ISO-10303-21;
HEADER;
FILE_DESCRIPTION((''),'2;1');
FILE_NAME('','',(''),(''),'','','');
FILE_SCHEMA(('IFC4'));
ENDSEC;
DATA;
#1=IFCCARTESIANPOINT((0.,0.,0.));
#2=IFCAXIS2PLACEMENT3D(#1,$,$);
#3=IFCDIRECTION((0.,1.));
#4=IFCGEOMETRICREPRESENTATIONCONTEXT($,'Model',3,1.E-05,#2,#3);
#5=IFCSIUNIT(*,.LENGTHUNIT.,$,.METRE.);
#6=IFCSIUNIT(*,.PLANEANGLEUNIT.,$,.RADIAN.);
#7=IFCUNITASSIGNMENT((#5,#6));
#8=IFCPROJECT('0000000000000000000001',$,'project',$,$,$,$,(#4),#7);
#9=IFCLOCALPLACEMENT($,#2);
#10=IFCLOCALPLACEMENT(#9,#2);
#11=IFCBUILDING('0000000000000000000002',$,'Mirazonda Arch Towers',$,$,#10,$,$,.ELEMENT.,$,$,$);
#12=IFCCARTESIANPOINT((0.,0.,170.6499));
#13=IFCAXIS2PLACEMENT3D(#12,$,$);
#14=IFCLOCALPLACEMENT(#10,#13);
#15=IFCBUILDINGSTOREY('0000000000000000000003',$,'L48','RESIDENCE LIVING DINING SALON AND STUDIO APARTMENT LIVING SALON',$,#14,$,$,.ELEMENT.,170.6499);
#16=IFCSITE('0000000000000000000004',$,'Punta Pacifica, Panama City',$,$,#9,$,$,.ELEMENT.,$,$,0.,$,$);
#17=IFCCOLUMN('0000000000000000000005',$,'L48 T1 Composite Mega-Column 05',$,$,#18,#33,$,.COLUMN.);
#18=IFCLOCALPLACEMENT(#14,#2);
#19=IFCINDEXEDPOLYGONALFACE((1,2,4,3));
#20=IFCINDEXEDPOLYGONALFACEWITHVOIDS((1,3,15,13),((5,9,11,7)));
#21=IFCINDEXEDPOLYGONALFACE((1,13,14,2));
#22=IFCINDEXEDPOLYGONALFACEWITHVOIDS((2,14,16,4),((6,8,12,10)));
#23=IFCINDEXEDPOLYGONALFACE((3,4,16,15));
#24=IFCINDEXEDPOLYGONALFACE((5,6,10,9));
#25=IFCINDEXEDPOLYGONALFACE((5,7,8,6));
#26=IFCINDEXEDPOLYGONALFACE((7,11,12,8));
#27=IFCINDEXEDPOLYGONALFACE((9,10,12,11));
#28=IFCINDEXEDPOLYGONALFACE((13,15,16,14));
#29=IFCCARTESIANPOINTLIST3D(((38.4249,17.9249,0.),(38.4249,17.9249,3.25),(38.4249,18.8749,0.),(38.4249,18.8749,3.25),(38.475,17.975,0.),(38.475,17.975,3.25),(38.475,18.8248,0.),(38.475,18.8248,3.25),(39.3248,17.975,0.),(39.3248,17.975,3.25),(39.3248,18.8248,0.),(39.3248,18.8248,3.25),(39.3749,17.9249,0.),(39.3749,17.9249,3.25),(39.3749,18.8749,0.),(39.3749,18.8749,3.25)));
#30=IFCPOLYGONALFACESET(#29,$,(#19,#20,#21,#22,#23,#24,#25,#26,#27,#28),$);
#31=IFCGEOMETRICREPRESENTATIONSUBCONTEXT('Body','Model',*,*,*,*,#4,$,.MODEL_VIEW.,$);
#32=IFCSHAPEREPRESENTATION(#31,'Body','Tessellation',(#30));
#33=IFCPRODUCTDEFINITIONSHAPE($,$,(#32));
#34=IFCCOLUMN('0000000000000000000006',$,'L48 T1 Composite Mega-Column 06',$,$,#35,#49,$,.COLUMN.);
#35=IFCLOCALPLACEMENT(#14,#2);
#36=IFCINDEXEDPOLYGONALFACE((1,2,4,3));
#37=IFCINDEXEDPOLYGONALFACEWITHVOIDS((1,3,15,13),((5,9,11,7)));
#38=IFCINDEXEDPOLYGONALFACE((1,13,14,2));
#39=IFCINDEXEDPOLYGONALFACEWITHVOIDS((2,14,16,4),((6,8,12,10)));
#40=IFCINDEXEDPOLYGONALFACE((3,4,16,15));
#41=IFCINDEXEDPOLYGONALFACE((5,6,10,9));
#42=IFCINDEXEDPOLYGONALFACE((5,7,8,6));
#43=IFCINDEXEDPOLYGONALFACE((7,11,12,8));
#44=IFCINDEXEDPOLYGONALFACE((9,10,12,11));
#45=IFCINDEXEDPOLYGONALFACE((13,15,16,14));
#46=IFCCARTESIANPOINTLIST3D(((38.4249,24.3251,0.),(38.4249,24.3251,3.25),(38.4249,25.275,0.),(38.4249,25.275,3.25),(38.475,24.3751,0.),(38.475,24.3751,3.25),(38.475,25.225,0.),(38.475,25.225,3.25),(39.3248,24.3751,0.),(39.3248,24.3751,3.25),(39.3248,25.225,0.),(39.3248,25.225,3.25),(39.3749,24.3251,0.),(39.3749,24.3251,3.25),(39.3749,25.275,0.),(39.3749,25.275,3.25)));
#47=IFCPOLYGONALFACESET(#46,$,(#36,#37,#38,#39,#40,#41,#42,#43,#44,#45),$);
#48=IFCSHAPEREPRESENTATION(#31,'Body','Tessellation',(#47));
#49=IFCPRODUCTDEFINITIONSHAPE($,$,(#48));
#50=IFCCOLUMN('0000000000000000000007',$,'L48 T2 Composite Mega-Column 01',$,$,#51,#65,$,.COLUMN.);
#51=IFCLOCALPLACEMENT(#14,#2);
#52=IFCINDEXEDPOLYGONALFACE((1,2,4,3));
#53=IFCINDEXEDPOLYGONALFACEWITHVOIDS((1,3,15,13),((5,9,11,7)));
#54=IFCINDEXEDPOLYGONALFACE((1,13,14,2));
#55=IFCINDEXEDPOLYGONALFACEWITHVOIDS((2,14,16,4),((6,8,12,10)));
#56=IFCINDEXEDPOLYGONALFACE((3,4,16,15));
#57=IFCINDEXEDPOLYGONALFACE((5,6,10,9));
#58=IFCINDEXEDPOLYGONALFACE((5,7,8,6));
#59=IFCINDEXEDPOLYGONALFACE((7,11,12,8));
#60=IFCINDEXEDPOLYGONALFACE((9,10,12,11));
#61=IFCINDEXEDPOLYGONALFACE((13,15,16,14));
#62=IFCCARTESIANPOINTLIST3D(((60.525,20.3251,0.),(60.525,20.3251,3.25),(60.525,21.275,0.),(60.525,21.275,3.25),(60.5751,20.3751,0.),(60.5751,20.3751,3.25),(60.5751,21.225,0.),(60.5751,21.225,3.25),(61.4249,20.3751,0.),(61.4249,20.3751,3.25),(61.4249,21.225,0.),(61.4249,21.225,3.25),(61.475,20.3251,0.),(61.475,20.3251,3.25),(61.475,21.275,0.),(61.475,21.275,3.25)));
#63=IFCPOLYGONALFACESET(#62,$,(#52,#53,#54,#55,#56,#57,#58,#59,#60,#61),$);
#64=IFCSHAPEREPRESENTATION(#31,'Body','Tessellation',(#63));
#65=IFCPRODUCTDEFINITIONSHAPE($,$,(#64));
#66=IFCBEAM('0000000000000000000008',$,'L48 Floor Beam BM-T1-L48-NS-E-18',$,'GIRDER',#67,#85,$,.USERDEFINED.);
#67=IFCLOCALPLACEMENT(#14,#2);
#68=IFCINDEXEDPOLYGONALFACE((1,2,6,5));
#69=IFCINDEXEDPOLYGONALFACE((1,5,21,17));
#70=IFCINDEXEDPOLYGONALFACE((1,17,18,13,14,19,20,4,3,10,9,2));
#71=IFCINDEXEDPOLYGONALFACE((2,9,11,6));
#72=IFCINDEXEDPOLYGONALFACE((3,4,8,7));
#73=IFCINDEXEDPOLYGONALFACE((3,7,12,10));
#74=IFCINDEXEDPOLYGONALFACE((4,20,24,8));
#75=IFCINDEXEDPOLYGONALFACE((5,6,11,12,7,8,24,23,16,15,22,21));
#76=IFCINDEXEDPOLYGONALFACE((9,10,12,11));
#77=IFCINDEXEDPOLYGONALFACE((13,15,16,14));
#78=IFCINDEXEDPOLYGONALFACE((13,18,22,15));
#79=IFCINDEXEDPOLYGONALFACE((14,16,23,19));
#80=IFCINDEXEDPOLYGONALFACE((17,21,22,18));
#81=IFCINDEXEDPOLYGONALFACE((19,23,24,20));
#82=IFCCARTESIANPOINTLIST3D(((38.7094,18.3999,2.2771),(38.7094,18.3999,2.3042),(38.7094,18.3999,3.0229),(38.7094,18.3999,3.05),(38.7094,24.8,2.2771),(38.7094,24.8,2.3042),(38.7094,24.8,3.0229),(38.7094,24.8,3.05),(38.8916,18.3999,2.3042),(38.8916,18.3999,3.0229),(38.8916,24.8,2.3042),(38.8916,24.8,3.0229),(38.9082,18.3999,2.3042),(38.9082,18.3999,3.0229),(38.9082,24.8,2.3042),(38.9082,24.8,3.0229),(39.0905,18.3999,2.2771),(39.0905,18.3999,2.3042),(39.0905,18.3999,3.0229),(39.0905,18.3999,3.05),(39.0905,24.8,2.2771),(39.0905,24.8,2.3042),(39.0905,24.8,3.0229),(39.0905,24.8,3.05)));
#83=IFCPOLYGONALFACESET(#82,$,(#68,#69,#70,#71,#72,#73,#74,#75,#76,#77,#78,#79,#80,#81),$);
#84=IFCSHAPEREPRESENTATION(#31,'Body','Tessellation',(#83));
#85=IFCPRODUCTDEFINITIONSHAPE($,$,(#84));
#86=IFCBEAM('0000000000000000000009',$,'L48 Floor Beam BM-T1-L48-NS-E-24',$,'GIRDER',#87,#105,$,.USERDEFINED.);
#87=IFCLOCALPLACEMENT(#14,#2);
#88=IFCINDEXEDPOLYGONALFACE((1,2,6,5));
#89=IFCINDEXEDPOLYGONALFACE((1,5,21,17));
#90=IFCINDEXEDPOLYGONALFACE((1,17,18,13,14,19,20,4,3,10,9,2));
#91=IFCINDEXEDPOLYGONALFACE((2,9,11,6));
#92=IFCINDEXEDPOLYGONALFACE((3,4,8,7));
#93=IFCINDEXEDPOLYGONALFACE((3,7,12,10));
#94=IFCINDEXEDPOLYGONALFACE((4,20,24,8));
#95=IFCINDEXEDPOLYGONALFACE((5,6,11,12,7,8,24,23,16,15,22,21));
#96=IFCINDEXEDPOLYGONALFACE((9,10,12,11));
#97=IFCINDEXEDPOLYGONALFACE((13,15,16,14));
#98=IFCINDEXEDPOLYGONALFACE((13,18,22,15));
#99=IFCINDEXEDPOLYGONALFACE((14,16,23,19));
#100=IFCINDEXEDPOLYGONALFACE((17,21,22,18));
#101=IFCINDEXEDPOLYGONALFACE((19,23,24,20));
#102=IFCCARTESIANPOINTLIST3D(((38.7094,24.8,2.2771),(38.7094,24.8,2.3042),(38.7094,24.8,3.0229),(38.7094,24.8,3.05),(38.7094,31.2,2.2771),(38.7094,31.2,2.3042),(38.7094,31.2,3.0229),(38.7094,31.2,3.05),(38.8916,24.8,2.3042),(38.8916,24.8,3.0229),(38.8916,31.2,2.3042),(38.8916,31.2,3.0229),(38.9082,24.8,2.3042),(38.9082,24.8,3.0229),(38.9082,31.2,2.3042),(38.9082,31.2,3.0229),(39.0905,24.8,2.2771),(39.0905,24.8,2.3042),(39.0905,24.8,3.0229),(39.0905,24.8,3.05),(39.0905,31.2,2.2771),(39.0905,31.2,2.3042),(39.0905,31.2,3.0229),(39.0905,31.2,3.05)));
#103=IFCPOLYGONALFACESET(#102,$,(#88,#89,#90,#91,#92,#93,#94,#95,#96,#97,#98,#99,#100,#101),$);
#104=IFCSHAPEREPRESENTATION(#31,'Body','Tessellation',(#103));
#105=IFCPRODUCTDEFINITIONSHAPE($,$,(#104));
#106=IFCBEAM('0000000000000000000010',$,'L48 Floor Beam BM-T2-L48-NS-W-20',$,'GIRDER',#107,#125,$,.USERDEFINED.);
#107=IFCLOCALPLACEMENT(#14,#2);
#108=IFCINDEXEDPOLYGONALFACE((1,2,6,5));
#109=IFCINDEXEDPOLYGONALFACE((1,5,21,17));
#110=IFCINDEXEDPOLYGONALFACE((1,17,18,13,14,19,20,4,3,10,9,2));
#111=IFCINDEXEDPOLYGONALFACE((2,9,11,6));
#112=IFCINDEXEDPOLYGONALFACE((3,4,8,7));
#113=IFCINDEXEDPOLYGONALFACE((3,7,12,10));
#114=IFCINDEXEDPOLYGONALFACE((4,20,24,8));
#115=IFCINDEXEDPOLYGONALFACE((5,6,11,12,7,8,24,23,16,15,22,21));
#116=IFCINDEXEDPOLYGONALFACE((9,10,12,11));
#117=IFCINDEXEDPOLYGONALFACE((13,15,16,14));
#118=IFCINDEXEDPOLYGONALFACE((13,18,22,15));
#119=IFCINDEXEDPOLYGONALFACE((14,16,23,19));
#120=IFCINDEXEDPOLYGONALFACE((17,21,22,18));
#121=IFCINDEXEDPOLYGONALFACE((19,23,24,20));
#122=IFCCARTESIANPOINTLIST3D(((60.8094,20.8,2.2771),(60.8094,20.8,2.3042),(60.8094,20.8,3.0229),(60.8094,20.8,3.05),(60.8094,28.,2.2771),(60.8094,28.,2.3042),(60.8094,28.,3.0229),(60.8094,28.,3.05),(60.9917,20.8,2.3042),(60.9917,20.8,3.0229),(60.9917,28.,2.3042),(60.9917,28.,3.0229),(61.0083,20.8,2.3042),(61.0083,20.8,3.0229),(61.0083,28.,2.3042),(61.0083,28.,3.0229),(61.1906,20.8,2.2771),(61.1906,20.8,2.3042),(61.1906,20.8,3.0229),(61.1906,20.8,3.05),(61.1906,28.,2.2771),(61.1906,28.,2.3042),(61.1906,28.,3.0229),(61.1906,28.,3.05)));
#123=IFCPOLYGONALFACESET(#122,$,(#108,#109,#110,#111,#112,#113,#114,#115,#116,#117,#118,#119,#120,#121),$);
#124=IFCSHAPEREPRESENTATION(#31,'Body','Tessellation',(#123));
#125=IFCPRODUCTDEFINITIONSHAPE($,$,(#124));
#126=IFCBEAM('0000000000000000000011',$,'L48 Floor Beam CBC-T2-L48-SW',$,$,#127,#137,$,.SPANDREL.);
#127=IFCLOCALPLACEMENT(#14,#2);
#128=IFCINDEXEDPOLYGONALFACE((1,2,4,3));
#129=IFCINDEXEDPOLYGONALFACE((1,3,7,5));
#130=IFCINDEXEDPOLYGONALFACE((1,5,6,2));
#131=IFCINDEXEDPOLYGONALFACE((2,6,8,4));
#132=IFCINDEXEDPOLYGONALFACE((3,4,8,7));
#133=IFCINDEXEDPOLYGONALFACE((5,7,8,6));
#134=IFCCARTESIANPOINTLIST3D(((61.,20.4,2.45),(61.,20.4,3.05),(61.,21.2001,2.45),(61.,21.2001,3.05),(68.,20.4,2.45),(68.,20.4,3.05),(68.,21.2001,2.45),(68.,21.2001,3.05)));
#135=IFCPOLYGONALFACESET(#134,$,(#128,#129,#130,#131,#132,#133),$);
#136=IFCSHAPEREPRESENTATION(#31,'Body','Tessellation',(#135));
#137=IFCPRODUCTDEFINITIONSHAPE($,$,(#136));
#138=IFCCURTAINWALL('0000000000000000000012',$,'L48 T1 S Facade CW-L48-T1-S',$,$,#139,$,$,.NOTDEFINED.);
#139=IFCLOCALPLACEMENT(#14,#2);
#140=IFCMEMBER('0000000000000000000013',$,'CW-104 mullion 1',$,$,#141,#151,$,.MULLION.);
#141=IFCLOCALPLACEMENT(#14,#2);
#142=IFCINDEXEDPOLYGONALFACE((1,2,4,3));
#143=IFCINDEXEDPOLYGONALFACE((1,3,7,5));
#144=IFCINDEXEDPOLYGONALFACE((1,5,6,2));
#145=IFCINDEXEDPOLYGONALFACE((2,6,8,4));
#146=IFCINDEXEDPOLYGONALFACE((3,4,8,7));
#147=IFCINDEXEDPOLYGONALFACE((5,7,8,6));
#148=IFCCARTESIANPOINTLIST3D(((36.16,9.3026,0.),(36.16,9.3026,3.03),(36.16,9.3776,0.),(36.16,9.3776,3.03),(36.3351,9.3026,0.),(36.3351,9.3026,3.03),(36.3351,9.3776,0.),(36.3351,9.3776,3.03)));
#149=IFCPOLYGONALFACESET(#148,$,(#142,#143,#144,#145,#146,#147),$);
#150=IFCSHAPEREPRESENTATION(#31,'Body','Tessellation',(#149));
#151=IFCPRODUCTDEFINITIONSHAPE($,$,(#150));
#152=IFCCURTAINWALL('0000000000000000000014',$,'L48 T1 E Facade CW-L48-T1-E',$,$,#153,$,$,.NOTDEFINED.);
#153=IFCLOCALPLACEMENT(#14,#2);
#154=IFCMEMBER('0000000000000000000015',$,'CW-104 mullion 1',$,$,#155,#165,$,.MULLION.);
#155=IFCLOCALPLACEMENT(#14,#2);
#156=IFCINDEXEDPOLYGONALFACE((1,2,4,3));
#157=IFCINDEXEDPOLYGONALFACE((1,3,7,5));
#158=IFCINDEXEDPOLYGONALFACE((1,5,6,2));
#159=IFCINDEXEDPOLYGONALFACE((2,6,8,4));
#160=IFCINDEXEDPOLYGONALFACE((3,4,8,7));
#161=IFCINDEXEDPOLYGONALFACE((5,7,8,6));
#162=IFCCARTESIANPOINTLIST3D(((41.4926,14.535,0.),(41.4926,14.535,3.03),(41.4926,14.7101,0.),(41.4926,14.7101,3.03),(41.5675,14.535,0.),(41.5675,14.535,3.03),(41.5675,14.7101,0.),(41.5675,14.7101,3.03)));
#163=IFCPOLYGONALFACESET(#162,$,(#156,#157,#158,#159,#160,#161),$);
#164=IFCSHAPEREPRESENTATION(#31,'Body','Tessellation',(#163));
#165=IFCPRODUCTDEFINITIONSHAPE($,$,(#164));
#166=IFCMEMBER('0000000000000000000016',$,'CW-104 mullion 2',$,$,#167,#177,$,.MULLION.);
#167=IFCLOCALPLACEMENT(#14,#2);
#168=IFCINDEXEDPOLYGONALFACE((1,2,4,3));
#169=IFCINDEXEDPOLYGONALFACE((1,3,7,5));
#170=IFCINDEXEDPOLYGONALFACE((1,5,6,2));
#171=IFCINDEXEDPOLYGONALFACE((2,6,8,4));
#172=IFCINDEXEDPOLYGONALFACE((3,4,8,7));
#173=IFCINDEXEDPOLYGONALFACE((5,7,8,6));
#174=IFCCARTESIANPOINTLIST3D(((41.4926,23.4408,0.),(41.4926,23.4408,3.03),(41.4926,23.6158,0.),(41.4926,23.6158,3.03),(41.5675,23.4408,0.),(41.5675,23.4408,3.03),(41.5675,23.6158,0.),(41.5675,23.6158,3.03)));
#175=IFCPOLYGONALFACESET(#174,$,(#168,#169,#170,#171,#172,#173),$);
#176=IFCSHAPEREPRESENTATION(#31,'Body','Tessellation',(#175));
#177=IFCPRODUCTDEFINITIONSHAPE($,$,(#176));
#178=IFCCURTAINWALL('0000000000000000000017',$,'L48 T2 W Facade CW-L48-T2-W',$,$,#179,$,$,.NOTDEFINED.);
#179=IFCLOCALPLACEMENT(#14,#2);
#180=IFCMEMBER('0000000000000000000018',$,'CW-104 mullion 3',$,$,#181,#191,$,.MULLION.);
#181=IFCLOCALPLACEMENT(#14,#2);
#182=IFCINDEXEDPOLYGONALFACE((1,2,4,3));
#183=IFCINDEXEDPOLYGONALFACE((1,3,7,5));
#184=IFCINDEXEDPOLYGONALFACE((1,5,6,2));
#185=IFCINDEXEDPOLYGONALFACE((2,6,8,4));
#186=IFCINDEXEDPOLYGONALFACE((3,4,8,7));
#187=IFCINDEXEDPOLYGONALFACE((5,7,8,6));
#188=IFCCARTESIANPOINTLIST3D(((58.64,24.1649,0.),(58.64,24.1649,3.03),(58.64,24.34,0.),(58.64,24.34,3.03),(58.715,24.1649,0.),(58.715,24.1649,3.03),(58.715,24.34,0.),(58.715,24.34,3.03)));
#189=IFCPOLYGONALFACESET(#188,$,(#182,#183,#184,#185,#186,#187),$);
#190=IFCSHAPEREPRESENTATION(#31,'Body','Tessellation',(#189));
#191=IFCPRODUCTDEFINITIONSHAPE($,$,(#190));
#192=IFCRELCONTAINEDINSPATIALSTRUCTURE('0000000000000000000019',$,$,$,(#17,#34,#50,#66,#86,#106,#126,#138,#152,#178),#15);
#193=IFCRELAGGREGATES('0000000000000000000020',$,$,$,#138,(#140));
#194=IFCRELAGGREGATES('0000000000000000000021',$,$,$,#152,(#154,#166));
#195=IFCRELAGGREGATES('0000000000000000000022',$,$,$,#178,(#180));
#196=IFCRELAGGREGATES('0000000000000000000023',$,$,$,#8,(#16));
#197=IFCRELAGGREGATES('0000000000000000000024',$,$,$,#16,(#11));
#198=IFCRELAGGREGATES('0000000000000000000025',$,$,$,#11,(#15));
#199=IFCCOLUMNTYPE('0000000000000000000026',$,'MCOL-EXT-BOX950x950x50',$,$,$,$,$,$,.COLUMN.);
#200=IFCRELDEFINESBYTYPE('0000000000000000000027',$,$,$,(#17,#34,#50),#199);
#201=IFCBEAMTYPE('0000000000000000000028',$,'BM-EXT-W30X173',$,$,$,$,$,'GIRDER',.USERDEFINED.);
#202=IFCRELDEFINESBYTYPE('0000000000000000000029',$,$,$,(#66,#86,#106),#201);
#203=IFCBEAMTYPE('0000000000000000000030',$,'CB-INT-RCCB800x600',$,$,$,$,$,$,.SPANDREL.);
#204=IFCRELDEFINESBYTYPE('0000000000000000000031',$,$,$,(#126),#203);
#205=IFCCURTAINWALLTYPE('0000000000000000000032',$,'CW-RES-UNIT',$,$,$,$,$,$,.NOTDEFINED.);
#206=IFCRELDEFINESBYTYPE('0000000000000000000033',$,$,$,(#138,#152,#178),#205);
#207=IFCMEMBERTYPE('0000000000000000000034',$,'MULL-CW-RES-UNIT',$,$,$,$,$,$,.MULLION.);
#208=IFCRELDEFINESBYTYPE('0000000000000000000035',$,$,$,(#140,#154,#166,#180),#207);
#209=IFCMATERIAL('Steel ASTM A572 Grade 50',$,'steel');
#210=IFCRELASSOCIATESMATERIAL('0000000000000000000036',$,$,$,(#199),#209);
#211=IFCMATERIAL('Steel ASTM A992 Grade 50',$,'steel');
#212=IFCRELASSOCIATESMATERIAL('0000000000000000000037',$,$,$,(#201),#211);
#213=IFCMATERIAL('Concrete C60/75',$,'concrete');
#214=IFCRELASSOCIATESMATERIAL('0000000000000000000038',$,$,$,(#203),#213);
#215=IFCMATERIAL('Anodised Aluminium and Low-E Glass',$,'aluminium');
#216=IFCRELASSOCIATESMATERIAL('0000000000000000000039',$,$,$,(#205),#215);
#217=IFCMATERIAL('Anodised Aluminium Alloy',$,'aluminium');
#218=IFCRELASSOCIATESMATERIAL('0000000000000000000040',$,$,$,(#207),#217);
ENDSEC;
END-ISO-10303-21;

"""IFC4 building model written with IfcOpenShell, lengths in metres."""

from ifc_helpers import new_model, si_unit, direction, frame, origin, origin_2d, place, context, subcontext, project, spatial, rectangle, hollow_rectangle, i_section, extrude, material, material_profile, profile_set, type_object, element, aggregate, save


model = new_model("IFC4")

# Units and contexts
model_context = context("Model", 3, precision=1e-05, world=origin(), true_north=direction((0.0, 1.0)))
body_context = subcontext(model_context, "Body", "Model", "MODEL_VIEW")
ifc_project = project(units=[si_unit("LENGTHUNIT", "METRE"), si_unit("PLANEANGLEUNIT", "RADIAN")], contexts=[model_context])

# Site, building, storey
site_placement = place(None, origin())
site = spatial("IfcSite", under=ifc_project, at=site_placement, Name="Punta Pacifica, Panama City", CompositionType="ELEMENT", RefElevation=0.0)
building_placement = place(site_placement, origin())
building = spatial("IfcBuilding", under=site, at=building_placement, Name="Mirazonda Arch Towers", CompositionType="ELEMENT")
storey_placement = place(building_placement, frame((0.0, 0.0, 170.6499)))
storey = spatial("IfcBuildingStorey", under=building, at=storey_placement, Name="L48", Description="RESIDENCE LIVING DINING SALON AND STUDIO APARTMENT LIVING SALON", CompositionType="ELEMENT", Elevation=170.6499)

# Columns
ifc_material_1 = material(Name="Steel ASTM A572 Grade 50", Category="steel")
ifc_material_profile_1 = material_profile(ifc_material_1, hollow_rectangle(XDim=0.95, YDim=0.95, WallThickness=0.05, at=origin_2d()), Name="BOX950x950x50")
ifc_profile_set_1 = profile_set([ifc_material_profile_1], Name="Steel ASTM A572 Grade 50")
column_type = type_object("IfcColumnType", Name="MCOL-EXT-BOX950x950x50", PredefinedType="COLUMN", material=ifc_profile_set_1)
for number, where, z_axis, x_axis, name in (
    (1, (38.8999, 18.3999, 0.0), (0.0, 0.0, 1.0), (1.0, 0.0, 0.0), "L48 T1 Composite Mega-Column 05"),
    (2, (38.8999, 24.8, 0.0), (0.0, 0.0, 1.0), (1.0, 0.0, 0.0), "L48 T1 Composite Mega-Column 06"),
    (3, (61.0, 20.8, 0.0), (0.0, 0.0, 1.0), (1.0, 0.0, 0.0), "L48 T2 Composite Mega-Column 01"),
):
    element("IfcColumn", number, at=place(storey_placement, frame(where, z_axis=z_axis, x_axis=x_axis)), inside=storey, type_object=column_type, Name=name, PredefinedType="COLUMN", context=body_context, shape_type="SweptSolid", body=[
        extrude(hollow_rectangle(XDim=0.95, YDim=0.95, WallThickness=0.05, at=origin_2d()), origin(), (0.0, 0.0, 1.0), 3.25),
    ])

# Beams
ifc_material_2 = material(Name="Steel ASTM A992 Grade 50", Category="steel")
ifc_material_profile_2 = material_profile(ifc_material_2, i_section(OverallWidth=0.3811, OverallDepth=0.7729, WebThickness=0.0166, FlangeThickness=0.0271, at=origin_2d()), Name="W30X173")
ifc_profile_set_2 = profile_set([ifc_material_profile_2], Name="Steel ASTM A992 Grade 50")
beam_type_1 = type_object("IfcBeamType", Name="BM-EXT-W30X173", ElementType="GIRDER", PredefinedType="USERDEFINED", material=ifc_profile_set_2)
beam_1_placement = place(storey_placement, frame((38.8999, 18.3999, 2.6636), z_axis=(0.0, 1.0, 0.0), x_axis=(-1.0, 0.0, 0.0)))
element("IfcBeam", 4, at=beam_1_placement, inside=storey, type_object=beam_type_1, Name="L48 Floor Beam BM-T1-L48-NS-E-18", ObjectType="GIRDER", PredefinedType="USERDEFINED", context=body_context, shape_type="SweptSolid", body=[
    extrude(i_section(OverallWidth=0.3811, OverallDepth=0.7729, WebThickness=0.0166, FlangeThickness=0.0271, at=origin_2d()), origin(), (0.0, 0.0, 1.0), 6.4001),
])
beam_2_placement = place(storey_placement, frame((38.8999, 24.8, 2.6636), z_axis=(0.0, 1.0, 0.0), x_axis=(-1.0, 0.0, 0.0)))
element("IfcBeam", 5, at=beam_2_placement, inside=storey, type_object=beam_type_1, Name="L48 Floor Beam BM-T1-L48-NS-E-24", ObjectType="GIRDER", PredefinedType="USERDEFINED", context=body_context, shape_type="SweptSolid", body=[
    extrude(i_section(OverallWidth=0.3811, OverallDepth=0.7729, WebThickness=0.0166, FlangeThickness=0.0271, at=origin_2d()), origin(), (0.0, 0.0, 1.0), 6.3999),
])
beam_3_placement = place(storey_placement, frame((61.0, 20.8, 2.6636), z_axis=(0.0, 1.0, 0.0), x_axis=(-1.0, 0.0, 0.0)))
element("IfcBeam", 6, at=beam_3_placement, inside=storey, type_object=beam_type_1, Name="L48 Floor Beam BM-T2-L48-NS-W-20", ObjectType="GIRDER", PredefinedType="USERDEFINED", context=body_context, shape_type="SweptSolid", body=[
    extrude(i_section(OverallWidth=0.3811, OverallDepth=0.7729, WebThickness=0.0166, FlangeThickness=0.0271, at=origin_2d()), origin(), (0.0, 0.0, 1.0), 7.2),
])
ifc_material_3 = material(Name="Concrete C60/75", Category="concrete")
ifc_material_profile_3 = material_profile(ifc_material_3, rectangle(XDim=0.8, YDim=0.6001, at=origin_2d()), Name="RCCB800x600")
ifc_profile_set_3 = profile_set([ifc_material_profile_3], Name="Concrete C60/75")
beam_type_2 = type_object("IfcBeamType", Name="CB-INT-RCCB800x600", PredefinedType="SPANDREL", material=ifc_profile_set_3)
beam_4_placement = place(storey_placement, frame((61.0, 20.8, 2.75), z_axis=(1.0, 0.0, 0.0), x_axis=(0.0, 1.0, 0.0)))
element("IfcBeam", 7, at=beam_4_placement, inside=storey, type_object=beam_type_2, Name="L48 Floor Beam CBC-T2-L48-SW", PredefinedType="SPANDREL", context=body_context, shape_type="SweptSolid", body=[
    extrude(rectangle(XDim=0.8, YDim=0.6001, at=origin_2d()), origin(), (0.0, 0.0, 1.0), 7.0),
])

# Curtain wall, member
ifc_material_4 = material(Name="Anodised Aluminium and Low-E Glass", Category="aluminium")
curtain_wall_type = type_object("IfcCurtainWallType", Name="CW-RES-UNIT", PredefinedType="NOTDEFINED", material=ifc_material_4)
curtain_wall_1_placement = place(storey_placement, origin())
curtain_wall_1 = element("IfcCurtainWall", 8, at=curtain_wall_1_placement, inside=storey, type_object=curtain_wall_type, Name="L48 T1 S Facade CW-L48-T1-S", PredefinedType="NOTDEFINED")
ifc_material_5 = material(Name="Anodised Aluminium Alloy", Category="aluminium")
ifc_material_profile_4 = material_profile(ifc_material_5, rectangle(XDim=0.075, YDim=0.175, at=origin_2d()), Name="ALU-MULL-75x175")
ifc_profile_set_4 = profile_set([ifc_material_profile_4], Name="Anodised Aluminium Alloy")
member_type_1 = type_object("IfcMemberType", Name="MULL-CW-RES-UNIT", PredefinedType="MULLION", material=ifc_profile_set_4)
member_1_placement = place(storey_placement, frame((36.2476, 9.3401, 0.0), z_axis=(0.0, 0.0, 1.0), x_axis=(0.0, -1.0, 0.0)))
member_1 = element("IfcMember", 9, at=member_1_placement, type_object=member_type_1, Name="CW-104 mullion 1", PredefinedType="MULLION", context=body_context, shape_type="SweptSolid", body=[
    extrude(rectangle(XDim=0.075, YDim=0.175, at=origin_2d()), origin(), (0.0, 0.0, 1.0), 3.03),
])
aggregate(curtain_wall_1, [member_1])

# Curtain walls, members
curtain_wall_2_placement = place(storey_placement, origin())
curtain_wall_2 = element("IfcCurtainWall", 10, at=curtain_wall_2_placement, inside=storey, type_object=curtain_wall_type, Name="L48 T1 E Facade CW-L48-T1-E", PredefinedType="NOTDEFINED")
member_2_placement = place(storey_placement, frame((41.53, 14.6226, 0.0), z_axis=(0.0, 0.0, 1.0), x_axis=(-1.0, 0.0, 0.0)))
member_2 = element("IfcMember", 11, at=member_2_placement, type_object=member_type_1, Name="CW-104 mullion 1", PredefinedType="MULLION", context=body_context, shape_type="SweptSolid", body=[
    extrude(rectangle(XDim=0.075, YDim=0.175, at=origin_2d()), origin(), (0.0, 0.0, 1.0), 3.03),
])
member_3_placement = place(storey_placement, frame((41.53, 23.5283, 0.0), z_axis=(0.0, 0.0, 1.0), x_axis=(-1.0, 0.0, 0.0)))
member_3 = element("IfcMember", 12, at=member_3_placement, type_object=member_type_1, Name="CW-104 mullion 2", PredefinedType="MULLION", context=body_context, shape_type="SweptSolid", body=[
    extrude(rectangle(XDim=0.075, YDim=0.175, at=origin_2d()), origin(), (0.0, 0.0, 1.0), 3.03),
])
curtain_wall_3_placement = place(storey_placement, origin())
curtain_wall_3 = element("IfcCurtainWall", 13, at=curtain_wall_3_placement, inside=storey, type_object=curtain_wall_type, Name="L48 T2 W Facade CW-L48-T2-W", PredefinedType="NOTDEFINED")
member_4_placement = place(storey_placement, frame((58.6775, 24.2524, 0.0), z_axis=(0.0, 0.0, 1.0), x_axis=(1.0, 0.0, 0.0)))
member_4 = element("IfcMember", 14, at=member_4_placement, type_object=member_type_1, Name="CW-104 mullion 3", PredefinedType="MULLION", context=body_context, shape_type="SweptSolid", body=[
    extrude(rectangle(XDim=0.075, YDim=0.175, at=origin_2d()), origin(), (0.0, 0.0, 1.0), 3.03),
])

aggregate(curtain_wall_2, [member_2, member_3])
aggregate(curtain_wall_3, [member_4])

save(model, "model.ifc")
